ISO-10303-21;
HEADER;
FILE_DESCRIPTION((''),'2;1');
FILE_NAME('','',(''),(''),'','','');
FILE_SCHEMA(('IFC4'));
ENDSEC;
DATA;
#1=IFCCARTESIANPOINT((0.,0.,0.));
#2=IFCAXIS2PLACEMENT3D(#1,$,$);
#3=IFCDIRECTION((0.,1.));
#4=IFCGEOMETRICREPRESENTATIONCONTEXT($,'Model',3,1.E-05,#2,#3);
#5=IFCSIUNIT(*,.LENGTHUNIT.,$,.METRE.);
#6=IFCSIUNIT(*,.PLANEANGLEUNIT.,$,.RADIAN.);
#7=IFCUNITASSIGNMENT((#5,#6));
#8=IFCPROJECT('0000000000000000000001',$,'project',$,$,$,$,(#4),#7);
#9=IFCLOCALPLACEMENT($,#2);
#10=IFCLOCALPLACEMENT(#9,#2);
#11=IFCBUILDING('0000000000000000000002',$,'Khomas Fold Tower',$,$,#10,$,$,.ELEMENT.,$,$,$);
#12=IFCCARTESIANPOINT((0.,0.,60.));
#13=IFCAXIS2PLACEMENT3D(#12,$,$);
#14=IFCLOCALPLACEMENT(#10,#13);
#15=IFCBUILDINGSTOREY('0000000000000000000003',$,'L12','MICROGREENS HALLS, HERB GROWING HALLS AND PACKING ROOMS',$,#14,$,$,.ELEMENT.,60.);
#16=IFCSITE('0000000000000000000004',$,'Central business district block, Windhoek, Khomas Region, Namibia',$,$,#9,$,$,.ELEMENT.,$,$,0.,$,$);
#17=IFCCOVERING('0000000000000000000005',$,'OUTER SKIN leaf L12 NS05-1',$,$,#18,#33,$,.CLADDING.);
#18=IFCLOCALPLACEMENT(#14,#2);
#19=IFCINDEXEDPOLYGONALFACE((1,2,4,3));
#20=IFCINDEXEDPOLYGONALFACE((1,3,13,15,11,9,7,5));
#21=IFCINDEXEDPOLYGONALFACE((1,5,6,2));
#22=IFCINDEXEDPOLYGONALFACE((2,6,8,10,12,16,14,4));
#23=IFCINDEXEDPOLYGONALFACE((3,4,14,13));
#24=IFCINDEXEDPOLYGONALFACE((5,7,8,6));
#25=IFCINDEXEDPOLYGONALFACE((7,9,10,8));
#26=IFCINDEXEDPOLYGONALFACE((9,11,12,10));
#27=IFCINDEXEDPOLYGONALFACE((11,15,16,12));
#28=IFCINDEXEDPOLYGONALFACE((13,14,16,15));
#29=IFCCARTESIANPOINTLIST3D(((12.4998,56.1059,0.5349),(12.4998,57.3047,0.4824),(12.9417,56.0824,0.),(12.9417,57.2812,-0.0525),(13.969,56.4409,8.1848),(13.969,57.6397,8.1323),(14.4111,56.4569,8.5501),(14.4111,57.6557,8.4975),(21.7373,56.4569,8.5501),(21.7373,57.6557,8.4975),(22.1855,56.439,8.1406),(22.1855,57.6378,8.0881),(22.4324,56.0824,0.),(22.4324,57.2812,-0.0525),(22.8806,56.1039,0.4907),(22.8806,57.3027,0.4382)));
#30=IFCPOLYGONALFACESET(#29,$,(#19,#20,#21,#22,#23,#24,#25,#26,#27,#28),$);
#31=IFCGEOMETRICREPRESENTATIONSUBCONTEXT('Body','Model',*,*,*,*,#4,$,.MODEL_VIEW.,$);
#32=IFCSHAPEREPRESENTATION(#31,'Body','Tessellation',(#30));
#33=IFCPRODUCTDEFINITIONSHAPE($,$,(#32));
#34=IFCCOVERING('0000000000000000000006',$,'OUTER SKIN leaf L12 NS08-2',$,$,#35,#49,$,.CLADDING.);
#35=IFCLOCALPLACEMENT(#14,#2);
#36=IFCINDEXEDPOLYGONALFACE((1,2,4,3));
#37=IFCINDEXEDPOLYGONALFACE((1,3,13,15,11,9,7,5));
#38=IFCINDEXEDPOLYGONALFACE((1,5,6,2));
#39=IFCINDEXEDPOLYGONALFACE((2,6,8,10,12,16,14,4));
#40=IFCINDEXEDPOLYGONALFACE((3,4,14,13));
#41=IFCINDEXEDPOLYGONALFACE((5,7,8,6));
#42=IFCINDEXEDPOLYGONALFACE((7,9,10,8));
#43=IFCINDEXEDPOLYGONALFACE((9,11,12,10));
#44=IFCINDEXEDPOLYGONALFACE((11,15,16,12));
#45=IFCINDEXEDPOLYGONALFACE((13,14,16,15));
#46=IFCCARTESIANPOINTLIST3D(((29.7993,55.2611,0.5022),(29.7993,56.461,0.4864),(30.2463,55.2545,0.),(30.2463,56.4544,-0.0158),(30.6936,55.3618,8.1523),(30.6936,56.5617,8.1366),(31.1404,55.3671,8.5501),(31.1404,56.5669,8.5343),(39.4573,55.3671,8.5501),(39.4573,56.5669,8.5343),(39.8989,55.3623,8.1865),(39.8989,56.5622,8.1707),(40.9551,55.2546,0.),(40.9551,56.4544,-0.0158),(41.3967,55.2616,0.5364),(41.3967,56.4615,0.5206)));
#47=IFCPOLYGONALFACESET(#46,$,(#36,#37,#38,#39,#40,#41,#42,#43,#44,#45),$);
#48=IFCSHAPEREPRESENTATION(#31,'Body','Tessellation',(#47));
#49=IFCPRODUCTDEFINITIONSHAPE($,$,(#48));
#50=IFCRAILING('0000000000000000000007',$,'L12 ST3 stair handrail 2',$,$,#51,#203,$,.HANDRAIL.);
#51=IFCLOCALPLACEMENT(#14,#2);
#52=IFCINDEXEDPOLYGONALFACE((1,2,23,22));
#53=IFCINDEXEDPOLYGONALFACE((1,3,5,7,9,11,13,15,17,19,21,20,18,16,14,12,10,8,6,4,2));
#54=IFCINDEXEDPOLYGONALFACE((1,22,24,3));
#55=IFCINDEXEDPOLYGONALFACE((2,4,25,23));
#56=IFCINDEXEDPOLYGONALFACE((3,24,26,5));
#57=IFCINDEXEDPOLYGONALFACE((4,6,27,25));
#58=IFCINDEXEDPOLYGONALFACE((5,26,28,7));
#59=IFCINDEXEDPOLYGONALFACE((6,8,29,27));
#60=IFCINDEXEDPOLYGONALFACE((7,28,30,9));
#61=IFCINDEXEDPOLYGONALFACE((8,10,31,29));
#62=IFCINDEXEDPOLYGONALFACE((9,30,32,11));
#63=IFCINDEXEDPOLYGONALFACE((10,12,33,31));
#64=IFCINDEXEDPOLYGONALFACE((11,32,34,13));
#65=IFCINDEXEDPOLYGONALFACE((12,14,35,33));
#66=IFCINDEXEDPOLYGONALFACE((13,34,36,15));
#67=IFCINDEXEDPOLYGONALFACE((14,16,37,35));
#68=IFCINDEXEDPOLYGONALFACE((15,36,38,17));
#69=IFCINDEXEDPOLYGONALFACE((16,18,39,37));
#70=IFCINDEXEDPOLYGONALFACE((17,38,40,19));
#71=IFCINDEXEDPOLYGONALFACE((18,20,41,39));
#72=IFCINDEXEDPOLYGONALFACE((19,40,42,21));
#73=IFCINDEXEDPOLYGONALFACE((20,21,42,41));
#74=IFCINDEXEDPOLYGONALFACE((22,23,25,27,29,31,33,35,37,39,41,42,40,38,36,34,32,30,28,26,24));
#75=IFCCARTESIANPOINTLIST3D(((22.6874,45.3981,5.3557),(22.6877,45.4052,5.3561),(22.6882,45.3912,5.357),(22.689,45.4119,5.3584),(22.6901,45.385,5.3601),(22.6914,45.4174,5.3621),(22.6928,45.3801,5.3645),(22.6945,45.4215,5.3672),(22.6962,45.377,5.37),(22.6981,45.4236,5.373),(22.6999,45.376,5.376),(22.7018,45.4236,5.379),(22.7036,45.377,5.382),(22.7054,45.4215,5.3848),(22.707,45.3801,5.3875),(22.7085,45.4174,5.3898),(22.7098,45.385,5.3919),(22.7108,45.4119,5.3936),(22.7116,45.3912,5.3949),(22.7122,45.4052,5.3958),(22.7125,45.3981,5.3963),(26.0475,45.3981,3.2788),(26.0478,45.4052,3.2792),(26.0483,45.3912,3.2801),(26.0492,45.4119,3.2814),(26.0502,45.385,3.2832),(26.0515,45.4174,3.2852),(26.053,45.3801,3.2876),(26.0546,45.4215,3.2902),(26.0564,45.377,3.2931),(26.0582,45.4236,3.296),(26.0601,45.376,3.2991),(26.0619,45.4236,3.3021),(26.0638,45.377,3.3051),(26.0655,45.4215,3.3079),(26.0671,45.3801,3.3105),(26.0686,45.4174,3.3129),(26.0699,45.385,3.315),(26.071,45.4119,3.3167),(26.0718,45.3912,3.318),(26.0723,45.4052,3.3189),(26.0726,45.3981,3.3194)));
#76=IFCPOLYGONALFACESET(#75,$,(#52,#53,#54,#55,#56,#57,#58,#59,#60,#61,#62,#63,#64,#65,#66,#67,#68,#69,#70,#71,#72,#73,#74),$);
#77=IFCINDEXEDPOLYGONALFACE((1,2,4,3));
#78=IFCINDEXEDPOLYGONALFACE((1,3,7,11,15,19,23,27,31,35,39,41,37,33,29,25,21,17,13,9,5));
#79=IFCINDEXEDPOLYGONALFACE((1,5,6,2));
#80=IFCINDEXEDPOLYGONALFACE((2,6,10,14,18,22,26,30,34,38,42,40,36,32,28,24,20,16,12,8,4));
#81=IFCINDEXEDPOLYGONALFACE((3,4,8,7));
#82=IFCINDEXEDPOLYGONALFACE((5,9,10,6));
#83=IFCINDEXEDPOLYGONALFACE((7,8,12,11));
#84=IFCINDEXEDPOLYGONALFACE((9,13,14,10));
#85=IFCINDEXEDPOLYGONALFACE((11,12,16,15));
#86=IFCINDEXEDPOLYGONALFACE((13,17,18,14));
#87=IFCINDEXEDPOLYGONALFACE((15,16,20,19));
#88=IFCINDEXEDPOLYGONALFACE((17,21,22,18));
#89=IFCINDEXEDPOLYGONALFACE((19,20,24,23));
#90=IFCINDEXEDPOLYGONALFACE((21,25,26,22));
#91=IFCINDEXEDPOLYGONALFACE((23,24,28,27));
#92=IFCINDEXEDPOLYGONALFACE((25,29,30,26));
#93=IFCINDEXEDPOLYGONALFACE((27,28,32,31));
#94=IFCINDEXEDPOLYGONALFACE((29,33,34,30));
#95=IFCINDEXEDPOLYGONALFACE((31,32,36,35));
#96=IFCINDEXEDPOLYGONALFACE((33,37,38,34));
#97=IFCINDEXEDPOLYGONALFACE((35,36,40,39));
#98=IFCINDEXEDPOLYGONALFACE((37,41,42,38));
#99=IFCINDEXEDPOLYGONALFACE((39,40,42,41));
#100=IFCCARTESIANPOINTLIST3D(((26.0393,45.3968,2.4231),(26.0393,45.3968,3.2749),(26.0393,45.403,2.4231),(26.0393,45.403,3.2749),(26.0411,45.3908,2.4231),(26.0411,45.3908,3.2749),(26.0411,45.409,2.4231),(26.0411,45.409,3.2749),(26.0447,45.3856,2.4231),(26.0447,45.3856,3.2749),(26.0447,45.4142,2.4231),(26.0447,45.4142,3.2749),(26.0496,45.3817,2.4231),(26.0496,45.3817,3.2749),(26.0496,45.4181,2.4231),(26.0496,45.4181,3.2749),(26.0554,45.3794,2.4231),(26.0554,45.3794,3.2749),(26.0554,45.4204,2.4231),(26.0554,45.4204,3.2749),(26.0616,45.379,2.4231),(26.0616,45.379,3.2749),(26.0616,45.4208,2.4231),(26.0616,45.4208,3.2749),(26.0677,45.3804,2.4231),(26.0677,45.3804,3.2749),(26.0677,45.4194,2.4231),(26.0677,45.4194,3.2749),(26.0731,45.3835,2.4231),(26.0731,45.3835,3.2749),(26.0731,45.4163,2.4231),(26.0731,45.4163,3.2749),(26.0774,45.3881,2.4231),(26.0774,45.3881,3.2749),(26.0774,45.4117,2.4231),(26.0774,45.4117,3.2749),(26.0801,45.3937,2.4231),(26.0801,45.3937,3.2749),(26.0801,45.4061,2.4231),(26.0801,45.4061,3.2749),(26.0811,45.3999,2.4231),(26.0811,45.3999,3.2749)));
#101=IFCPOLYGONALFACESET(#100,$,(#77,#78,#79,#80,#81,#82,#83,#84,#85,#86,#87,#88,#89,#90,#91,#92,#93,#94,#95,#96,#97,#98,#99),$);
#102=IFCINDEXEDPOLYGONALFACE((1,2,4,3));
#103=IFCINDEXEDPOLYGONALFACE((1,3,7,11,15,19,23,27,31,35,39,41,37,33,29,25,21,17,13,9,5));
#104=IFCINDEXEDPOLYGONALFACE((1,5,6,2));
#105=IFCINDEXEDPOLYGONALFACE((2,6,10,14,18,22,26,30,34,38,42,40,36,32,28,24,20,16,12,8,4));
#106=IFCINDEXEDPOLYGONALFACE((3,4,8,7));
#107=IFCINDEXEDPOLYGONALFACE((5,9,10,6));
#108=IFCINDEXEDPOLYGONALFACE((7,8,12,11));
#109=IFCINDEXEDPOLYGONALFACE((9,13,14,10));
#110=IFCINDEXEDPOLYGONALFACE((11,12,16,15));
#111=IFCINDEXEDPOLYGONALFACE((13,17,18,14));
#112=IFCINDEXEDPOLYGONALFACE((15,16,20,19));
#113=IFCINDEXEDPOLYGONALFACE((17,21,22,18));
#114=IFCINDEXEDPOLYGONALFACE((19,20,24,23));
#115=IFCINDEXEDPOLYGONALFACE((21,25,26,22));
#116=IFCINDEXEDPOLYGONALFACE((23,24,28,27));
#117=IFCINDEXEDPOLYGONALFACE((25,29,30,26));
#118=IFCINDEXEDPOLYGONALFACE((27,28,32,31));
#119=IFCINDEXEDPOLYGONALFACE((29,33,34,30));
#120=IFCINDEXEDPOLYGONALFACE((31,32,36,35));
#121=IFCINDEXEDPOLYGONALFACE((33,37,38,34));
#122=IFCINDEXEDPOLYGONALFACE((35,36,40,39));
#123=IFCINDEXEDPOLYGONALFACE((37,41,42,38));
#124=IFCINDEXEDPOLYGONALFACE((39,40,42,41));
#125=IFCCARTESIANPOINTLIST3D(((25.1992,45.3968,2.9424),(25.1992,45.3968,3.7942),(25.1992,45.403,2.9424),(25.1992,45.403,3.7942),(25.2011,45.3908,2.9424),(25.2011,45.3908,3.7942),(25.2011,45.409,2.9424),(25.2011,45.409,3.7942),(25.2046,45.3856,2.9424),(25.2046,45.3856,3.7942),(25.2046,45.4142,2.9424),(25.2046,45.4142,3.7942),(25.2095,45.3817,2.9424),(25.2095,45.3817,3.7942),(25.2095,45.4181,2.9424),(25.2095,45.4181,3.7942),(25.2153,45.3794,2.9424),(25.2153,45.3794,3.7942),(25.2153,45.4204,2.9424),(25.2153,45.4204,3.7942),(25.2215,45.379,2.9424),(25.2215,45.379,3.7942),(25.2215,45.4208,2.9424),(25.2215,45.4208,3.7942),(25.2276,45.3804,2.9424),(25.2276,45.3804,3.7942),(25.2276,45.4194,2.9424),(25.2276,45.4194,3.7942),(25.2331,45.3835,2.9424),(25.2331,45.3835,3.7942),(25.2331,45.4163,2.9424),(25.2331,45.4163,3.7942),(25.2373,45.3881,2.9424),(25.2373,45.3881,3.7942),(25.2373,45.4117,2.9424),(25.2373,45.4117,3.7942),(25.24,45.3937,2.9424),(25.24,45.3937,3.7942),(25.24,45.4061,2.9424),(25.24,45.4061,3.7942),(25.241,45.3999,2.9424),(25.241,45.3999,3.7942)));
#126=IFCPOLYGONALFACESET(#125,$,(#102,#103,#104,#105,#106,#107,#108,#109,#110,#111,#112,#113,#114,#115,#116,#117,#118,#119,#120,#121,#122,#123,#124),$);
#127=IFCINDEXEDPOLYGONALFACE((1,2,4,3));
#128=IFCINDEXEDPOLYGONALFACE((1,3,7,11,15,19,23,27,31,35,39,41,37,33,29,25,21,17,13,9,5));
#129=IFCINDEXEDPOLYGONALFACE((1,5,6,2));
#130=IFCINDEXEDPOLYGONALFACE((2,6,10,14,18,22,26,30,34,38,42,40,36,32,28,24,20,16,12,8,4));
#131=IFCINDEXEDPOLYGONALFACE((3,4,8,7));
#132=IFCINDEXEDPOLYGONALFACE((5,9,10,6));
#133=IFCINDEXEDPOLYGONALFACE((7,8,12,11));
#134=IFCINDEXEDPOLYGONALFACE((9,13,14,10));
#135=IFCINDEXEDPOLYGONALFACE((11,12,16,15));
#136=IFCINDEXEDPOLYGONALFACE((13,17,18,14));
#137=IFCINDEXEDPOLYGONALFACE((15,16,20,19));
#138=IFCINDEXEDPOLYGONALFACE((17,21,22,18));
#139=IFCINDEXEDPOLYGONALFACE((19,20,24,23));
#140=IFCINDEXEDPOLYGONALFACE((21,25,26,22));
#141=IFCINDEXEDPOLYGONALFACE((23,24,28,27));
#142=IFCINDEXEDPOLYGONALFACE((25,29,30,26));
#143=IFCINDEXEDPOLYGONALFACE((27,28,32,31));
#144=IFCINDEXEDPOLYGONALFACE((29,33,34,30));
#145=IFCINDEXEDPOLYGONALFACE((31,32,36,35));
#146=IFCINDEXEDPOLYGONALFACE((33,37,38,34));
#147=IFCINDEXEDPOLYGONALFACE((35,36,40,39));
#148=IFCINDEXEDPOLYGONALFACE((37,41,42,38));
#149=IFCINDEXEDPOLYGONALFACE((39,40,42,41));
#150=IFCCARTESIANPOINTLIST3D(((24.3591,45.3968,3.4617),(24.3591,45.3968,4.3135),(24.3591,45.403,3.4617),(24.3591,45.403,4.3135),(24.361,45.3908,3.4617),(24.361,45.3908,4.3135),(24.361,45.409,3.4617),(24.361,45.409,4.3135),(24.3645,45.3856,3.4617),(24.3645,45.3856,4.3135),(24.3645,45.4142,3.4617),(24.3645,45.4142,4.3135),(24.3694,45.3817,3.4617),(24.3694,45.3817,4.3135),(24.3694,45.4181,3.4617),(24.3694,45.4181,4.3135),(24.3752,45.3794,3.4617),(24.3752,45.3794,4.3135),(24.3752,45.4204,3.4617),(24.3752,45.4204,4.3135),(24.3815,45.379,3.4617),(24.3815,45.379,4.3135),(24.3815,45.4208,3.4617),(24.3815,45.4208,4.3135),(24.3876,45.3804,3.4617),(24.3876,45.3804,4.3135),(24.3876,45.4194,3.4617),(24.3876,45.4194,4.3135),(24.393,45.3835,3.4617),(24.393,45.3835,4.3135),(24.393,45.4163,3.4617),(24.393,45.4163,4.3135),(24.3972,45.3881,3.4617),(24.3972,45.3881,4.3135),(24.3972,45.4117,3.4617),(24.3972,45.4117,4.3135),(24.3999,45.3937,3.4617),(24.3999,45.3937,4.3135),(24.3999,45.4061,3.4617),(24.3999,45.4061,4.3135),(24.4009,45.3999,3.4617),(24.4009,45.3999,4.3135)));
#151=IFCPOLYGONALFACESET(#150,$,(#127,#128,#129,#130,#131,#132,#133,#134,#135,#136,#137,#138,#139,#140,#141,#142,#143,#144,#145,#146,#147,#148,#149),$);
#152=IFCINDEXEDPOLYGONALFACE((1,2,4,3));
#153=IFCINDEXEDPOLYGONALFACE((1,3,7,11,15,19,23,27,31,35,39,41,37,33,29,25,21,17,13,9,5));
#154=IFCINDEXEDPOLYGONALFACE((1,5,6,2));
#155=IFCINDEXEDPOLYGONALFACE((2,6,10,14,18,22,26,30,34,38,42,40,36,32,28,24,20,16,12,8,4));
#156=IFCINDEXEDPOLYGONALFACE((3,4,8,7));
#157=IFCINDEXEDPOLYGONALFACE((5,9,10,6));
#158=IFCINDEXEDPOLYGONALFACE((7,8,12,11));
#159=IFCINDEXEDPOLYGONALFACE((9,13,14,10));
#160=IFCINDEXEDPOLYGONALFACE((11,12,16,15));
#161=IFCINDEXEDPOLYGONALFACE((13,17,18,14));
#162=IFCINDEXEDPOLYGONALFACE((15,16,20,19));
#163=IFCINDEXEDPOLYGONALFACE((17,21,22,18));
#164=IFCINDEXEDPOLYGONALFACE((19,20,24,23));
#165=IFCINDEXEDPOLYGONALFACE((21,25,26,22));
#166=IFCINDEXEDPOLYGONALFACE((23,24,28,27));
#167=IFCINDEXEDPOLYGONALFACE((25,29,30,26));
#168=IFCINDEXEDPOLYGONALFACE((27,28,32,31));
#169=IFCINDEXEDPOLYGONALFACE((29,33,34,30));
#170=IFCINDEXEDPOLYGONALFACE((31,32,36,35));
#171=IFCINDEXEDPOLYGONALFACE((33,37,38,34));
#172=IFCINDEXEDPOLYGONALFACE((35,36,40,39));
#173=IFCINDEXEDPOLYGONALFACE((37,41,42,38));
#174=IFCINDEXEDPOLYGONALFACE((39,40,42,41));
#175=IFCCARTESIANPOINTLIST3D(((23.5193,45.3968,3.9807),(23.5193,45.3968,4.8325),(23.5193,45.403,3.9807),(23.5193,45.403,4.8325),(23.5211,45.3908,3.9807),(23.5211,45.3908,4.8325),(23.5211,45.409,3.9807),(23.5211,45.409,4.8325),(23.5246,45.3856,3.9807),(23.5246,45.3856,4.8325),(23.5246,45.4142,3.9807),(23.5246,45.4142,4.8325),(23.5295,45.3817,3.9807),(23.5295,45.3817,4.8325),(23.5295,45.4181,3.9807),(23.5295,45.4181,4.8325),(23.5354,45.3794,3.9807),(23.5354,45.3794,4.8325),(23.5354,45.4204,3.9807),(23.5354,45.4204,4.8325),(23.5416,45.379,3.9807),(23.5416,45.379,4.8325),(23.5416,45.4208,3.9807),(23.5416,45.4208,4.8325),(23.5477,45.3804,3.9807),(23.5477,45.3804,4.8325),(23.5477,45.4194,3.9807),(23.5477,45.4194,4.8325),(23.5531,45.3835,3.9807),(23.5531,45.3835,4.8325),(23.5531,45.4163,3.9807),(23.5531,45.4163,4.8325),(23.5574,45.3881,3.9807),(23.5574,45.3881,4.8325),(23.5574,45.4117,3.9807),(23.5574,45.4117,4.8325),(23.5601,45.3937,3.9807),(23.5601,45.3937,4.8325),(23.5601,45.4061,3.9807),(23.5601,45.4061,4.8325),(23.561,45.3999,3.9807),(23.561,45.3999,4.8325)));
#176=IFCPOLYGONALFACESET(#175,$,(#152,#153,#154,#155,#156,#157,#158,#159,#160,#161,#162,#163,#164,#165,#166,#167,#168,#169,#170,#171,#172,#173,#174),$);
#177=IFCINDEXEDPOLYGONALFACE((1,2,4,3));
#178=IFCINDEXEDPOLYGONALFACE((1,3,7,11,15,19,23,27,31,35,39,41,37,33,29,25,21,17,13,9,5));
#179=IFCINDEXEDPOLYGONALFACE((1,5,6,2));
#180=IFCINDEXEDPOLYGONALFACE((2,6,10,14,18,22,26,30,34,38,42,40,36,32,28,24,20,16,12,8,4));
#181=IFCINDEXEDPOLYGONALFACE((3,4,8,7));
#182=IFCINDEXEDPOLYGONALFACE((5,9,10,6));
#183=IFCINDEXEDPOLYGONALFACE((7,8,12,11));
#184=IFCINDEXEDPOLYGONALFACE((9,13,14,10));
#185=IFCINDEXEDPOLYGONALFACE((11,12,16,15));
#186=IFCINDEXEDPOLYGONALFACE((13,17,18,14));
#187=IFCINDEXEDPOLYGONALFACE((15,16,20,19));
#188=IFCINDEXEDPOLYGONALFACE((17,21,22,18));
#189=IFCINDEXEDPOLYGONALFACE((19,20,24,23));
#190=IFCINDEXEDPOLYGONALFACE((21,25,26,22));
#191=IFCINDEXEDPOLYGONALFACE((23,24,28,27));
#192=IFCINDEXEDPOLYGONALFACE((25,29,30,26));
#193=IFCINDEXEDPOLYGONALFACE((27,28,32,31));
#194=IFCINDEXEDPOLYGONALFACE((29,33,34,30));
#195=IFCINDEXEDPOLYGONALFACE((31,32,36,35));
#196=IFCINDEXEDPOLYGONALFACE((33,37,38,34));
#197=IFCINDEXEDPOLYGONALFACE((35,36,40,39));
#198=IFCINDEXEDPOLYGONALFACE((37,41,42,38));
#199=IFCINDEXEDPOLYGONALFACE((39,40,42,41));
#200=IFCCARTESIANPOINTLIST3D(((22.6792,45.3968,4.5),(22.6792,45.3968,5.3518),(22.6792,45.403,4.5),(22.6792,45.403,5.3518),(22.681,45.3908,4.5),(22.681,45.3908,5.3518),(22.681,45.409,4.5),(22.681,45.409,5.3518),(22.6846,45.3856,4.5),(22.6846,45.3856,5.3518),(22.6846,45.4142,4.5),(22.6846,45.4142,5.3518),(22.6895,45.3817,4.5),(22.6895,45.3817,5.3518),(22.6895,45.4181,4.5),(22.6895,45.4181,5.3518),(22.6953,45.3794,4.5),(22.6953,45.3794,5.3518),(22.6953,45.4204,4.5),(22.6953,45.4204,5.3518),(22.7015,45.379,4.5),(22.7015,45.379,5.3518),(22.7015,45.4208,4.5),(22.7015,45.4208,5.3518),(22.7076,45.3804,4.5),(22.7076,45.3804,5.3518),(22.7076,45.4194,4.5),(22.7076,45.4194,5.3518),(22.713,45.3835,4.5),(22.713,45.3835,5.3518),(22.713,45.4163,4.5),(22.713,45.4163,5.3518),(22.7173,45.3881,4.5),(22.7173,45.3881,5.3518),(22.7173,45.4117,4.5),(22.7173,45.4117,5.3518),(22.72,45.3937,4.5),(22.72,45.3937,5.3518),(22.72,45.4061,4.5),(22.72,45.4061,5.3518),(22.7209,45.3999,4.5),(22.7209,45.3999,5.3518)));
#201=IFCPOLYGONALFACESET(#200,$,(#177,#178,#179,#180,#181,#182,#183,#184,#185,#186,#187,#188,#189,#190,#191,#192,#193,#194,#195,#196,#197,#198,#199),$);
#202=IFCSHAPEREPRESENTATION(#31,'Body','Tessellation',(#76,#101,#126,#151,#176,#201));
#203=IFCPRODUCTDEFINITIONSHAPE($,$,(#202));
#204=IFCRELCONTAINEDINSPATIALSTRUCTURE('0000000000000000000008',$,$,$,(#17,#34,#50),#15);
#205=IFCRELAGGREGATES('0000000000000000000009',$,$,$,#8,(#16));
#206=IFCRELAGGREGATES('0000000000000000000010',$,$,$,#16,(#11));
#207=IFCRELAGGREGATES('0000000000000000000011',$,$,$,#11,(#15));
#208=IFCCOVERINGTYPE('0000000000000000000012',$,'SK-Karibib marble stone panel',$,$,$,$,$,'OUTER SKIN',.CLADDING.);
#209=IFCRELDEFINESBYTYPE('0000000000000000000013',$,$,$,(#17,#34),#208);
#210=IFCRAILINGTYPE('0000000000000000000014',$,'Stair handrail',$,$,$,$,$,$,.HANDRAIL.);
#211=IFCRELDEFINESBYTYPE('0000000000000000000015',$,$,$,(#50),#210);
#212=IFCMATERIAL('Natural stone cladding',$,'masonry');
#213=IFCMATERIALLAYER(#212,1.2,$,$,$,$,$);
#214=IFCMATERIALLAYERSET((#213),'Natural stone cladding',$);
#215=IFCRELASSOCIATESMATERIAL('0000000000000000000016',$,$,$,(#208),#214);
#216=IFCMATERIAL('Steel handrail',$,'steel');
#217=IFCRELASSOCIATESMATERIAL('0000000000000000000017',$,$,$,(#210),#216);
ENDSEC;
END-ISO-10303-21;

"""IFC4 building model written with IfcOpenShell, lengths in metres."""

from ifc_helpers import new_model, si_unit, direction, frame, origin, origin_2d, place, context, subcontext, project, spatial, polyline, circle, outline, extrude, source, transform, mapped, material, layer, layer_set, type_object, element, save


model = new_model("IFC4")

# Units and contexts
model_context = context("Model", 3, precision=1e-05, world=origin(), true_north=direction((0.0, 1.0)))
body_context = subcontext(model_context, "Body", "Model", "MODEL_VIEW")
ifc_project = project(units=[si_unit("LENGTHUNIT", "METRE"), si_unit("PLANEANGLEUNIT", "RADIAN")], contexts=[model_context])

# Site, building, storey
site_placement = place(None, origin())
site = spatial("IfcSite", under=ifc_project, at=site_placement, Name="Central business district block, Windhoek, Khomas Region, Namibia", CompositionType="ELEMENT", RefElevation=0.0)
building_placement = place(site_placement, origin())
building = spatial("IfcBuilding", under=site, at=building_placement, Name="Khomas Fold Tower", CompositionType="ELEMENT")
storey_placement = place(building_placement, frame((0.0, 0.0, 60.0)))
storey = spatial("IfcBuildingStorey", under=building, at=storey_placement, Name="L12", Description="MICROGREENS HALLS, HERB GROWING HALLS AND PACKING ROOMS", CompositionType="ELEMENT", Elevation=60.0)

# Coverings
ifc_material_1 = material(Name="Natural stone cladding", Category="masonry")
ifc_layer_1 = layer(ifc_material_1, 1.2)
ifc_layer_set_1 = layer_set([ifc_layer_1], Name="Natural stone cladding")
covering_type_1 = type_object("IfcCoveringType", Name="SK-Karibib marble stone panel", ElementType="OUTER SKIN", PredefinedType="CLADDING", material=ifc_layer_set_1)
covering_1_placement = place(storey_placement, frame((22.1855, 56.439, 8.1406), z_axis=(-0.000002, -0.999042, 0.043758), x_axis=(0.090401, -0.043579, -0.994952)))
element("IfcCovering", 1, at=covering_1_placement, inside=storey, type_object=covering_type_1, Name="OUTER SKIN leaf L12 NS05-1", PredefinedType="CLADDING", context=body_context, shape_type="SweptSolid", body=[
    extrude(outline(polyline([(0.0, 0.0), (7.6887, 0.0), (8.1374, -0.4908), (7.2794, -9.9427), (6.7062, -10.3344), (-0.7868, -8.1789), (-1.111, -7.7055), (-0.4487, -0.4094), (0.0, 0.0)])), origin(), (0.0, 0.0, -1.0), 1.2),
])
covering_2_placement = place(storey_placement, frame((39.8989, 55.3623, 8.1865), z_axis=(0.000004, -0.999913, 0.01316), x_axis=(0.192123, -0.012915, -0.981286)))
element("IfcCovering", 2, at=covering_2_placement, inside=storey, type_object=covering_type_1, Name="OUTER SKIN leaf L12 NS08-2", PredefinedType="CLADDING", context=body_context, shape_type="SweptSolid", body=[
    extrude(outline(polyline([(0.0, 0.0), (7.796, 0.0), (8.2376, -0.5365), (6.1802, -11.0457), (5.6015, -11.3879), (-1.735, -9.0404), (-2.0395, -8.5255), (-0.4416, -0.3636), (0.0, 0.0)])), origin(), (0.0, 0.0, -1.0), 1.2),
])

# Railing
ifc_material_2 = material(Name="Steel handrail", Category="steel")
railing_type = type_object("IfcRailingType", Name="Stair handrail", PredefinedType="HANDRAIL", material=ifc_material_2)
shared_shape_1 = source(origin(), body_context, "Body", "SweptSolid", [
    extrude(circle(Radius=0.0239, at=origin_2d()), frame((0.0, 0.0, 0.876), z_axis=(-0.850623, 0.0, 0.525776), x_axis=(0.0, -1.0, 0.0)), (0.0, 0.0, 1.0), 3.9502),
    extrude(circle(Radius=0.021, at=origin_2d()), origin(), (0.0, 0.0, 1.0), 0.8518),
    extrude(circle(Radius=0.021, at=origin_2d()), frame((-0.8401, 0.0, 0.5193)), (0.0, 0.0, 1.0), 0.8518),
    extrude(circle(Radius=0.021, at=origin_2d()), frame((-1.6802, 0.0, 1.0386)), (0.0, 0.0, 1.0), 0.8518),
    extrude(circle(Radius=0.021, at=origin_2d()), frame((-2.52, 0.0, 1.5576)), (0.0, 0.0, 1.0), 0.8518),
    extrude(circle(Radius=0.021, at=origin_2d()), frame((-3.3601, 0.0, 2.0769)), (0.0, 0.0, 1.0), 0.8518),
])
railing_placement = place(storey_placement, frame((26.0601, 45.3999, 2.4231)))
element("IfcRailing", 3, at=railing_placement, inside=storey, type_object=railing_type, Name="L12 ST3 stair handrail 2", PredefinedType="HANDRAIL", context=body_context, shape_type="MappedRepresentation", body=[
    mapped(shared_shape_1, transform((0.0, 0.0, 0.0))),
])

save(model, "model.ifc")
